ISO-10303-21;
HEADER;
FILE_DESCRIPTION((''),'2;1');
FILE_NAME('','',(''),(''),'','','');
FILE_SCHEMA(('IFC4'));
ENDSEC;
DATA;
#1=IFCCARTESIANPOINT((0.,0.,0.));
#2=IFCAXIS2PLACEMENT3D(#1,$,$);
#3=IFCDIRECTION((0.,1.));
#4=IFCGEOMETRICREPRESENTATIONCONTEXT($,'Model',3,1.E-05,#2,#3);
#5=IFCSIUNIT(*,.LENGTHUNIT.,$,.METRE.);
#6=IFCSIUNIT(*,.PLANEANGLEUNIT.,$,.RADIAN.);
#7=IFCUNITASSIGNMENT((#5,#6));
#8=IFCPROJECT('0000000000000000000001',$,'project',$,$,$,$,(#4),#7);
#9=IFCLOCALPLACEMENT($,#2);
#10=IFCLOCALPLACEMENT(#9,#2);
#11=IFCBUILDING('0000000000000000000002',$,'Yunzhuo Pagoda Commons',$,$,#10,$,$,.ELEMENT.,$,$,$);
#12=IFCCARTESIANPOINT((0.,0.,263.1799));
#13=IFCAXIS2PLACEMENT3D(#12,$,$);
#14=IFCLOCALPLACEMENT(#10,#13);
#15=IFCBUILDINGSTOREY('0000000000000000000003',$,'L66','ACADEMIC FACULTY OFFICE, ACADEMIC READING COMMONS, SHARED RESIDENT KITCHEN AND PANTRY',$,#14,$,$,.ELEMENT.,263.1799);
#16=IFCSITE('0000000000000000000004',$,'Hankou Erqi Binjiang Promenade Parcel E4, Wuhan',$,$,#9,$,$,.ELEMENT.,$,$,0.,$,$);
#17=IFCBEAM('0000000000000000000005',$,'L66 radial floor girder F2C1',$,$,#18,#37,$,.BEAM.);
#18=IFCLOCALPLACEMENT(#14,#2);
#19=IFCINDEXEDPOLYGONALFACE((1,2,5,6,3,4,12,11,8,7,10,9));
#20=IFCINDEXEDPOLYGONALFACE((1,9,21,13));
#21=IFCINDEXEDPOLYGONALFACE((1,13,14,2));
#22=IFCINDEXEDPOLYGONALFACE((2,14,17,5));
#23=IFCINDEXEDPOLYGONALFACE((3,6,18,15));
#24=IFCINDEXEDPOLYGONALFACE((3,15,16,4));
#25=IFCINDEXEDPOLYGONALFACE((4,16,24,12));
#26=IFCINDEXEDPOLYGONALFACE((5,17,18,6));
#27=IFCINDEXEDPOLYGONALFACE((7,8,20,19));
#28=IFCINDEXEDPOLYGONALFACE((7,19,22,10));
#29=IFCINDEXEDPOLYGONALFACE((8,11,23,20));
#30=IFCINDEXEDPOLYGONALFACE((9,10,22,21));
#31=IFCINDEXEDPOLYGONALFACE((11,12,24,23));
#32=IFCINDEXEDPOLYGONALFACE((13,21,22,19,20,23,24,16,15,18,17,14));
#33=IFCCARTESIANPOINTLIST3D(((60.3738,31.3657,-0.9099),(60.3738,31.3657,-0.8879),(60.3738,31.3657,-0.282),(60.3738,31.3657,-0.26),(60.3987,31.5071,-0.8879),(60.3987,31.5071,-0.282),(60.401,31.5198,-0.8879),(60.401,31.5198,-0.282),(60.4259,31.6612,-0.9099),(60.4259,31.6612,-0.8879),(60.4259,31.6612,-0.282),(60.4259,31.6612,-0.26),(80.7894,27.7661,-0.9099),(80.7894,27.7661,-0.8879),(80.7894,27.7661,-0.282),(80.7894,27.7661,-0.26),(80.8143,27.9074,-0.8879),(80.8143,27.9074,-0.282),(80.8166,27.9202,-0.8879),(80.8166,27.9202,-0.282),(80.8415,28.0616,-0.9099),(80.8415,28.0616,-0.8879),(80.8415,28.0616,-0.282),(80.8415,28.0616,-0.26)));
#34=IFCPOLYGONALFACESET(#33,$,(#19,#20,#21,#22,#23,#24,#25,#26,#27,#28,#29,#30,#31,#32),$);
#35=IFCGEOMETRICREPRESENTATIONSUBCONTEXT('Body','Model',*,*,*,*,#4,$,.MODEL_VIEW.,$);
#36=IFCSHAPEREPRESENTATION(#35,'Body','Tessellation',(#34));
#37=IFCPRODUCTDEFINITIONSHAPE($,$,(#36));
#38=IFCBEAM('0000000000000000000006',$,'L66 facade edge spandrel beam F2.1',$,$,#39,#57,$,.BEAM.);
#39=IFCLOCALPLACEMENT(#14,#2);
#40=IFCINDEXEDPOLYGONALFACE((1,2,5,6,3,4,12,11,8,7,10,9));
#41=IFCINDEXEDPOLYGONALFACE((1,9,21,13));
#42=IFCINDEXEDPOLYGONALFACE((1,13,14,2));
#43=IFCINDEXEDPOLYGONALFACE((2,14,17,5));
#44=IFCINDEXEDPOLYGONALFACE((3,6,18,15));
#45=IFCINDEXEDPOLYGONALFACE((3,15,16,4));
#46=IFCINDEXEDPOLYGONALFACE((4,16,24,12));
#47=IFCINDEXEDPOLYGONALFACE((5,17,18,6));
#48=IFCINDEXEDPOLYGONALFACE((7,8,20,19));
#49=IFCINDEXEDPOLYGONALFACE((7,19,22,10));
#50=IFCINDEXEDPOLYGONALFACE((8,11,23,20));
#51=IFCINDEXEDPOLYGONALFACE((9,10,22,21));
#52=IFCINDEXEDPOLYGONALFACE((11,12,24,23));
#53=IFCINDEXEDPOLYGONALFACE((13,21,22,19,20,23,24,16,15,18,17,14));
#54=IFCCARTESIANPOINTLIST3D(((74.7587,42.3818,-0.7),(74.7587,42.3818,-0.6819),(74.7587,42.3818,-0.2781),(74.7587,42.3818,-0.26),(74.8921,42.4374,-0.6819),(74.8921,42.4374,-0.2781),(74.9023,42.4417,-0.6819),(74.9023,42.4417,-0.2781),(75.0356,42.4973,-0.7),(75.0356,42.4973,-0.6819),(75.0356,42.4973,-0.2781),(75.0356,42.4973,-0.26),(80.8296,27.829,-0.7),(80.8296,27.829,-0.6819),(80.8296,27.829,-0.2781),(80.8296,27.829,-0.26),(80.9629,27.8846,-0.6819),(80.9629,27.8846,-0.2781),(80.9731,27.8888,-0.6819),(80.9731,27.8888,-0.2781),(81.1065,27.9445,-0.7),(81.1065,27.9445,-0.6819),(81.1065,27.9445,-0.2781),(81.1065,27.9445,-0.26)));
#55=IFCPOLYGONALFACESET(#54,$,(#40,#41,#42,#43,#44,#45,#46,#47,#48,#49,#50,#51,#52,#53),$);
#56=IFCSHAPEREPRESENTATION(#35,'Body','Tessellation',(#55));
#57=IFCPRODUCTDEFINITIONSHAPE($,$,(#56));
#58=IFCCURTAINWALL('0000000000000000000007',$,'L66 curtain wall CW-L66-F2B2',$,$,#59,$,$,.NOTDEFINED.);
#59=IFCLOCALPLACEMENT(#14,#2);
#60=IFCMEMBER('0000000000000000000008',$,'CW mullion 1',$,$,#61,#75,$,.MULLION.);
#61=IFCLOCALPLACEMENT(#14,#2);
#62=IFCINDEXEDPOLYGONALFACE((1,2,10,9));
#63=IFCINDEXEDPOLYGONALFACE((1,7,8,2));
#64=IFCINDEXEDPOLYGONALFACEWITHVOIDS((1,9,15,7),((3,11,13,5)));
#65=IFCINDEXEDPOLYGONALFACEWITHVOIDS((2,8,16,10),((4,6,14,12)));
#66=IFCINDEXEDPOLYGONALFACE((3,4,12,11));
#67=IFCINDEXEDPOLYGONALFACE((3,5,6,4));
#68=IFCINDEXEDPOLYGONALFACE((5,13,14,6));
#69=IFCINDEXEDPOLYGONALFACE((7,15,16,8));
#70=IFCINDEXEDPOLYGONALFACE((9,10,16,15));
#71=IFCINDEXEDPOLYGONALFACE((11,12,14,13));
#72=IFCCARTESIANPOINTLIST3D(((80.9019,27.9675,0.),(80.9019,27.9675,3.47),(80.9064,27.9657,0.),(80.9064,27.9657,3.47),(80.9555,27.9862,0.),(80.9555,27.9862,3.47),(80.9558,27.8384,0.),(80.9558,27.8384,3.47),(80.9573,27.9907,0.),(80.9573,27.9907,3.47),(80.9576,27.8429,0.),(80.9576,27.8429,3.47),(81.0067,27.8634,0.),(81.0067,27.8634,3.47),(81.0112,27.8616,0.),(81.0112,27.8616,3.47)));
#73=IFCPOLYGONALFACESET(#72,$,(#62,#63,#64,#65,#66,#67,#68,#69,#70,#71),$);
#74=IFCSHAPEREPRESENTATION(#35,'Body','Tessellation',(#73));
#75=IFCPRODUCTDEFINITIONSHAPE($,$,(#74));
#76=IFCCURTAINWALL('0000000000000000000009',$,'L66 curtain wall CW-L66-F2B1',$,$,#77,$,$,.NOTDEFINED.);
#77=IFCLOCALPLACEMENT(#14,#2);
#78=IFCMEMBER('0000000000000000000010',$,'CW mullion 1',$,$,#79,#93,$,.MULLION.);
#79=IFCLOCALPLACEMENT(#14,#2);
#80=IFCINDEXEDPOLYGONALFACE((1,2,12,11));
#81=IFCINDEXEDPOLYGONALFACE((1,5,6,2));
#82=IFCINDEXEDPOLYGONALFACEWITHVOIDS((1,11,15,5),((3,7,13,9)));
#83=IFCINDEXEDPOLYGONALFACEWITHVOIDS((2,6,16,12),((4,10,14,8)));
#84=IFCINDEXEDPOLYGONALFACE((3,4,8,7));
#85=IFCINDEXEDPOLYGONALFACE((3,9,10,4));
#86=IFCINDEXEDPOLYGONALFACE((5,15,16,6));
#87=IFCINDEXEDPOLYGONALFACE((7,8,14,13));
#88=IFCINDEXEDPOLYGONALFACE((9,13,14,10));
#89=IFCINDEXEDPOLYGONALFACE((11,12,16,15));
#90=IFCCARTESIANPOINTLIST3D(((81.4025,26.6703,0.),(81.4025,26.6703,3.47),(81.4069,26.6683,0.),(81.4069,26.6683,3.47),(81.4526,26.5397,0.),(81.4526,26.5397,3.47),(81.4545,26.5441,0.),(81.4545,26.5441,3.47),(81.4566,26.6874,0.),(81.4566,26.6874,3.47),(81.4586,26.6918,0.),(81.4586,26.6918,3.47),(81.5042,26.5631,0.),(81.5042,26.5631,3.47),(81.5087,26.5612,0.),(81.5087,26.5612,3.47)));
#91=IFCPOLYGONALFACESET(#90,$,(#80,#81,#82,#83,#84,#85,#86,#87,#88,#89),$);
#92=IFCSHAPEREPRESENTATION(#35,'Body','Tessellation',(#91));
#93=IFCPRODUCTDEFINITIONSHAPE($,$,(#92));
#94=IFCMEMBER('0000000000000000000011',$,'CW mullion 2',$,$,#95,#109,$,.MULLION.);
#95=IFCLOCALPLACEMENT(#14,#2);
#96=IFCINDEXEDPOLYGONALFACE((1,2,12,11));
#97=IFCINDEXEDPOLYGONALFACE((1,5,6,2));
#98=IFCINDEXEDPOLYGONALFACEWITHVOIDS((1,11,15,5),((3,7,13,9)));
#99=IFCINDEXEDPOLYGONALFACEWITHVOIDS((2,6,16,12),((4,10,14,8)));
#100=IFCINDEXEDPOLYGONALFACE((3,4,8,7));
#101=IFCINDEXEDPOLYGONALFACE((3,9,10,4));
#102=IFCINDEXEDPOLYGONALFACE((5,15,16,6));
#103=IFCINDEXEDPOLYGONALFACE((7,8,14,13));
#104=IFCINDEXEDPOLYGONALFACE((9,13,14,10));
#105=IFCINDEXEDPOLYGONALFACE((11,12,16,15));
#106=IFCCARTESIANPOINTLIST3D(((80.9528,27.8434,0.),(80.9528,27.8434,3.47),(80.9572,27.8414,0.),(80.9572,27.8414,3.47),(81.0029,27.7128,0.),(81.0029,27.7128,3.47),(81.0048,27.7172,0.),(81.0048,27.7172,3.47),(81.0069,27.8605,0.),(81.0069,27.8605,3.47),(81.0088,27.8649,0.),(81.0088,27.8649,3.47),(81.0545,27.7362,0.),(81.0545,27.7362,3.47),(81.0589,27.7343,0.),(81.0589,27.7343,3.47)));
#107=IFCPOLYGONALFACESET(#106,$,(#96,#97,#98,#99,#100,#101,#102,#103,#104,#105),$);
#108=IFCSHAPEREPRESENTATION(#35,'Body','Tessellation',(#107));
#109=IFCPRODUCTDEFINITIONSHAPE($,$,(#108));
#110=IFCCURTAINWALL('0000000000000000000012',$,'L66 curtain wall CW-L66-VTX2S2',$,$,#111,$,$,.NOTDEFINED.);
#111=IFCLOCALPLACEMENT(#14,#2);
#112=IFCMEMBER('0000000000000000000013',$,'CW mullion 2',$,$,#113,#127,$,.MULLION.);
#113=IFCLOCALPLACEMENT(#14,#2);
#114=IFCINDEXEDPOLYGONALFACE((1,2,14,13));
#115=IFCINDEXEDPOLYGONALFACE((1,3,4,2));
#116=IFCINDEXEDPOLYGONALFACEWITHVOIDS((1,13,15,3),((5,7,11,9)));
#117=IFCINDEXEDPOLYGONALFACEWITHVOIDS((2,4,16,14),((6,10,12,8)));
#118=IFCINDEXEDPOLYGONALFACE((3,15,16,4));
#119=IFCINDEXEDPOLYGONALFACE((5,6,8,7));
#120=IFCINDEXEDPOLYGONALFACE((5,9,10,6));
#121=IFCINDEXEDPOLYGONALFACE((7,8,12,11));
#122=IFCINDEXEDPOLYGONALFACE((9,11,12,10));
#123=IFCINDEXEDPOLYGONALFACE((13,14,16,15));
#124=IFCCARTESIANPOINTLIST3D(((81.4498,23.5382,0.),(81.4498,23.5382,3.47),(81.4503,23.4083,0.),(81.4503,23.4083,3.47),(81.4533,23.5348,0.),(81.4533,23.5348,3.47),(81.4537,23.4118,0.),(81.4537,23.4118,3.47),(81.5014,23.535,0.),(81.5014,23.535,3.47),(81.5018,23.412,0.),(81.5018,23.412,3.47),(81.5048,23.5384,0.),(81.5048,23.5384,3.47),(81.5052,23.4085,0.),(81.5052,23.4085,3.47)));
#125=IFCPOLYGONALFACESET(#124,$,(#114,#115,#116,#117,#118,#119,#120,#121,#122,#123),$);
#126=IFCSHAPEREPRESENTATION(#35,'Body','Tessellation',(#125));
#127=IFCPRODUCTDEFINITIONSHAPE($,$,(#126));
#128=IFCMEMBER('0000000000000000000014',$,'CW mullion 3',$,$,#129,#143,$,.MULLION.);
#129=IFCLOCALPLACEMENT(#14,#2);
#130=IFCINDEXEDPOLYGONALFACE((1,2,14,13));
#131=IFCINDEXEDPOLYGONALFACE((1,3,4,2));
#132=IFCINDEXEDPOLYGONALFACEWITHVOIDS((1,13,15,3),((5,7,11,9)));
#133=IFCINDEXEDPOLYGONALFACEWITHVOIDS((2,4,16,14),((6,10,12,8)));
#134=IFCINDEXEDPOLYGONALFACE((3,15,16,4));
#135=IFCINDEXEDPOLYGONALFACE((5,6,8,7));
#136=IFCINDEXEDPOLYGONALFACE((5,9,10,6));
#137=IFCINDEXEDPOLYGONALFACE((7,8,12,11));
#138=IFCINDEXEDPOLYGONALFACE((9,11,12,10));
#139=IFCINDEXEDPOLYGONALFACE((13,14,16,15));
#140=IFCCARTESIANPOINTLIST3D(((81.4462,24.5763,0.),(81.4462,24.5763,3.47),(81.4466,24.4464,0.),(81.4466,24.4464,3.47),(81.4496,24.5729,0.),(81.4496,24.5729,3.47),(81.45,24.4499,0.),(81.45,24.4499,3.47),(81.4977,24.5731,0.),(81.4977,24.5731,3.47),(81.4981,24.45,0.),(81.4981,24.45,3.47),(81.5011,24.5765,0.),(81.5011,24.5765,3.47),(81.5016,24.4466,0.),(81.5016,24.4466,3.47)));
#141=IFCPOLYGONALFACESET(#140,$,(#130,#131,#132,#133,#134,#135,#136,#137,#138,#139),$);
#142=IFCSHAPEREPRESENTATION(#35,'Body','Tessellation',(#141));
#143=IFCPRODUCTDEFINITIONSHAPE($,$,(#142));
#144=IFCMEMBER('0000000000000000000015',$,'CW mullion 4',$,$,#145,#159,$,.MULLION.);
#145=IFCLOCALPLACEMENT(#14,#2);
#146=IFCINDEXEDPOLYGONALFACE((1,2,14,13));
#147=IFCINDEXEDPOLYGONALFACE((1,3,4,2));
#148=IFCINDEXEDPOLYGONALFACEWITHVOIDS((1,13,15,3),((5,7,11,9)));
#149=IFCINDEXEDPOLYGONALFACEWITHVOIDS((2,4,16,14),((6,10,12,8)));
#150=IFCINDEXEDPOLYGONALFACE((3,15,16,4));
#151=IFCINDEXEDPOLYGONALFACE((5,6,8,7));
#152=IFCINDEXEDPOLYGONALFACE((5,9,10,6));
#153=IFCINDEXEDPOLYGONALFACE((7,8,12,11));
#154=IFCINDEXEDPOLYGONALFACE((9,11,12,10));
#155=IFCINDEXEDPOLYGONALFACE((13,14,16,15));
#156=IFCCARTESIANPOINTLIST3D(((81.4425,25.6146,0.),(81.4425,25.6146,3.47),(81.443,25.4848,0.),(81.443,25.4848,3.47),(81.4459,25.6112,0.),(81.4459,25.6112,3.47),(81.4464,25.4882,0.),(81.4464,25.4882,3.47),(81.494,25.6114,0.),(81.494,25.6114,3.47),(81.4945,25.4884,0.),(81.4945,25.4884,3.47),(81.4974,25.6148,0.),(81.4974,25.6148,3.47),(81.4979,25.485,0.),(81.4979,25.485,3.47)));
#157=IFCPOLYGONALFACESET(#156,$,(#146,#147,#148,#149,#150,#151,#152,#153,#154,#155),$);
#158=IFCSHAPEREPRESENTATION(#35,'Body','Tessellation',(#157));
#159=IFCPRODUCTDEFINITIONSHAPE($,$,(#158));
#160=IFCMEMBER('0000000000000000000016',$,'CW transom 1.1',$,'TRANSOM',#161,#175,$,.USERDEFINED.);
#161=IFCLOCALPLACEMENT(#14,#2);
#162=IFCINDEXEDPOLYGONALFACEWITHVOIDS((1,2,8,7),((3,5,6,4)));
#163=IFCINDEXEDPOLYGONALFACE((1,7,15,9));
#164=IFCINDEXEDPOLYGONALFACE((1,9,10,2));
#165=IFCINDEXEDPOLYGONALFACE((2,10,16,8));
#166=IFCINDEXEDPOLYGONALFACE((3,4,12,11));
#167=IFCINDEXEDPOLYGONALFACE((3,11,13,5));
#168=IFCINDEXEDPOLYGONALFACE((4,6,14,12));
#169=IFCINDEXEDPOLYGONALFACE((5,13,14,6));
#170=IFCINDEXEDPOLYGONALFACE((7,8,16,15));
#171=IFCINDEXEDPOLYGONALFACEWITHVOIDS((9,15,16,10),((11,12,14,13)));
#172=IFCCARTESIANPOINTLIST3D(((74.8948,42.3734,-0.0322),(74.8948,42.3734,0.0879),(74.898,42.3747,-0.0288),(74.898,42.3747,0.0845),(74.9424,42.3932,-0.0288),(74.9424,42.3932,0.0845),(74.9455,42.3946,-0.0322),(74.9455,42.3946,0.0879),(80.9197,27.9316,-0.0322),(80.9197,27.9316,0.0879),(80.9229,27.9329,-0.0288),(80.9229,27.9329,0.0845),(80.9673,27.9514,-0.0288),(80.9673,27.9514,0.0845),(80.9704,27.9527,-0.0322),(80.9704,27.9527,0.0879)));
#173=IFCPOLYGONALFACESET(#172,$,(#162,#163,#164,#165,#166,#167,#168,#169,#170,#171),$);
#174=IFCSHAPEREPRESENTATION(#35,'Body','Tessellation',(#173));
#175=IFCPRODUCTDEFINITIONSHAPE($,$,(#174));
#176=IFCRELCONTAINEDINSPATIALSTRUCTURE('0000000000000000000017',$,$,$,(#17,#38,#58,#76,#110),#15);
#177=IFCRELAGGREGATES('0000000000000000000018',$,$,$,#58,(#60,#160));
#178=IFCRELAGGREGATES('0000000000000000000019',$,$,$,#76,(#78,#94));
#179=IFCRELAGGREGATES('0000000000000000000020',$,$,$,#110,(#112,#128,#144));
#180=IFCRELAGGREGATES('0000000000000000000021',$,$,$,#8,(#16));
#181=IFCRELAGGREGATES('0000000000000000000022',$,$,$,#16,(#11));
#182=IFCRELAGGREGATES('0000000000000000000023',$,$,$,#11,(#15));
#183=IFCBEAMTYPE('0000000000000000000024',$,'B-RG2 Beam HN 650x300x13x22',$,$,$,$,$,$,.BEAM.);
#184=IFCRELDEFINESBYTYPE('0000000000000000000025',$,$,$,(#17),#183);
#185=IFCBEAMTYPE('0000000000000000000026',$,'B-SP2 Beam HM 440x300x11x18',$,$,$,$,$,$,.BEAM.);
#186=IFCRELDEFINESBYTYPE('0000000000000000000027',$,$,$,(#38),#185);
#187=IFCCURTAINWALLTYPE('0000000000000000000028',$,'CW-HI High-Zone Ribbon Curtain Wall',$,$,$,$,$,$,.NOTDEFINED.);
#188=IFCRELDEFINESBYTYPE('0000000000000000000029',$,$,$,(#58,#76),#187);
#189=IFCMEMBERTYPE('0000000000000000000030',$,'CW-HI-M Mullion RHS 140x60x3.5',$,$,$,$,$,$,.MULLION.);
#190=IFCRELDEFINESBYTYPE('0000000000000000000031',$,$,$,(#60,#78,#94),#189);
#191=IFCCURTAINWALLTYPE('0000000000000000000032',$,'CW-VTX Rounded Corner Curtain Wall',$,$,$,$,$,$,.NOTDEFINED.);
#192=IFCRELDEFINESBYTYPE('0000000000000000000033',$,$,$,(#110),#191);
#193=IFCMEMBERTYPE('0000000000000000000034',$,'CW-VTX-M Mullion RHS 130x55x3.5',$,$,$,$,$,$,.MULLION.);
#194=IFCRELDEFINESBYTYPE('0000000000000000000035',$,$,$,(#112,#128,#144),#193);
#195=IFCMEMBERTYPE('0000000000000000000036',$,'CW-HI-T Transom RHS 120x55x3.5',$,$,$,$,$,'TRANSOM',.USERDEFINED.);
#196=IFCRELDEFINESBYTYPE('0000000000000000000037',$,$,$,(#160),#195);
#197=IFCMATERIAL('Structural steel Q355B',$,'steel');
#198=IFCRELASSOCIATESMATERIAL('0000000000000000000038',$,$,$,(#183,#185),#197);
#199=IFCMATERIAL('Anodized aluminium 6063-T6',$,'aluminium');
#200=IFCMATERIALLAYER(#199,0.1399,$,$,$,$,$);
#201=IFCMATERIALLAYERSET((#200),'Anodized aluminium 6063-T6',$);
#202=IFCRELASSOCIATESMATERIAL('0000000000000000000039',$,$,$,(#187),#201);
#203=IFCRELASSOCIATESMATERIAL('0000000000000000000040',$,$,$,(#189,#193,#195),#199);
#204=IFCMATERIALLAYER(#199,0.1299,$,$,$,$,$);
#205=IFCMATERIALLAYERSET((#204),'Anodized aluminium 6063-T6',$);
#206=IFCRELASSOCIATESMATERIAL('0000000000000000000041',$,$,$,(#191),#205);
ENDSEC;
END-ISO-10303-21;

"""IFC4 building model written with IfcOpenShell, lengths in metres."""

from ifc_helpers import new_model, si_unit, direction, frame, origin, origin_2d, place, context, subcontext, project, spatial, hollow_rectangle, i_section, extrude, source, transform, mapped, material, layer, layer_set, material_profile, profile_set, type_object, element, aggregate, save


model = new_model("IFC4")

# Units and contexts
model_context = context("Model", 3, precision=1e-05, world=origin(), true_north=direction((0.0, 1.0)))
body_context = subcontext(model_context, "Body", "Model", "MODEL_VIEW")
ifc_project = project(units=[si_unit("LENGTHUNIT", "METRE"), si_unit("PLANEANGLEUNIT", "RADIAN")], contexts=[model_context])

# Site, building, storey
site_placement = place(None, origin())
site = spatial("IfcSite", under=ifc_project, at=site_placement, Name="Hankou Erqi Binjiang Promenade Parcel E4, Wuhan", CompositionType="ELEMENT", RefElevation=0.0)
building_placement = place(site_placement, origin())
building = spatial("IfcBuilding", under=site, at=building_placement, Name="Yunzhuo Pagoda Commons", CompositionType="ELEMENT")
storey_placement = place(building_placement, frame((0.0, 0.0, 263.1799)))
storey = spatial("IfcBuildingStorey", under=building, at=storey_placement, Name="L66", Description="ACADEMIC FACULTY OFFICE, ACADEMIC READING COMMONS, SHARED RESIDENT KITCHEN AND PANTRY", CompositionType="ELEMENT", Elevation=263.1799)

# Beams
ifc_material_1 = material(Name="Structural steel Q355B", Category="steel")
ifc_material_profile_1 = material_profile(ifc_material_1, i_section(OverallWidth=0.3, OverallDepth=0.6499, WebThickness=0.0129, FlangeThickness=0.022, at=origin_2d()), Name="Structural steel Q355B")
ifc_profile_set_1 = profile_set([ifc_material_profile_1], Name="Structural steel Q355B")
beam_type_1 = type_object("IfcBeamType", Name="B-RG2 Beam HN 650x300x13x22", PredefinedType="BEAM", material=ifc_profile_set_1)
shared_shape_1 = source(origin(), body_context, "Body", "SweptSolid", [
    extrude(i_section(OverallWidth=0.3, OverallDepth=0.6499, WebThickness=0.0129, FlangeThickness=0.022, at=origin_2d()), origin(), (0.0, 0.0, 1.0), 20.7305),
])
beam_1_placement = place(storey_placement, frame((80.8154, 27.9138, -0.585), z_axis=(-0.984809, 0.173639, 0.0), x_axis=(-0.173639, -0.984809, 0.0)))
element("IfcBeam", 1, at=beam_1_placement, inside=storey, type_object=beam_type_1, Name="L66 radial floor girder F2C1", PredefinedType="BEAM", context=body_context, shape_type="MappedRepresentation", body=[
    mapped(shared_shape_1, transform((0.0, 0.0, 0.0), scale=1.0)),
])
ifc_material_profile_2 = material_profile(ifc_material_1, i_section(OverallWidth=0.3, OverallDepth=0.4399, WebThickness=0.011, FlangeThickness=0.0181, at=origin_2d()), Name="Structural steel Q355B")
ifc_profile_set_2 = profile_set([ifc_material_profile_2], Name="Structural steel Q355B")
beam_type_2 = type_object("IfcBeamType", Name="B-SP2 Beam HM 440x300x11x18", PredefinedType="BEAM", material=ifc_profile_set_2)
shared_shape_2 = source(origin(), body_context, "Body", "SweptSolid", [
    extrude(i_section(OverallWidth=0.3, OverallDepth=0.4399, WebThickness=0.011, FlangeThickness=0.0181, at=origin_2d()), origin(), (0.0, 0.0, 1.0), 15.7683),
])
beam_2_placement = place(storey_placement, frame((80.968, 27.8867, -0.48), z_axis=(-0.385002, 0.922916, 0.0), x_axis=(-0.922916, -0.385002, 0.0)))
element("IfcBeam", 2, at=beam_2_placement, inside=storey, type_object=beam_type_2, Name="L66 facade edge spandrel beam F2.1", PredefinedType="BEAM", context=body_context, shape_type="MappedRepresentation", body=[
    mapped(shared_shape_2, transform((0.0, 0.0, 0.0), scale=1.0)),
])

# Curtain wall, member
ifc_material_2 = material(Name="Anodized aluminium 6063-T6", Category="aluminium")
ifc_layer_1 = layer(ifc_material_2, 0.1399)
ifc_layer_set_1 = layer_set([ifc_layer_1], Name="Anodized aluminium 6063-T6")
curtain_wall_type_1 = type_object("IfcCurtainWallType", Name="CW-HI High-Zone Ribbon Curtain Wall", PredefinedType="NOTDEFINED", material=ifc_layer_set_1)
curtain_wall_1_placement = place(storey_placement, origin())
curtain_wall_1 = element("IfcCurtainWall", 3, at=curtain_wall_1_placement, inside=storey, type_object=curtain_wall_type_1, Name="L66 curtain wall CW-L66-F2B2", PredefinedType="NOTDEFINED")
ifc_material_profile_3 = material_profile(ifc_material_2, hollow_rectangle(XDim=0.0601, YDim=0.1399, WallThickness=0.0034, at=origin_2d()), Name="Anodized aluminium 6063-T6")
ifc_profile_set_3 = profile_set([ifc_material_profile_3], Name="Anodized aluminium 6063-T6")
member_type_1 = type_object("IfcMemberType", Name="CW-HI-M Mullion RHS 140x60x3.5", PredefinedType="MULLION", material=ifc_profile_set_3)
shared_shape_3 = source(origin(), body_context, "Body", "SweptSolid", [
    extrude(hollow_rectangle(XDim=0.0601, YDim=0.1399, WallThickness=0.0034, at=origin_2d()), origin(), (0.0, 0.0, 1.0), 3.47),
])
member_1_placement = place(storey_placement, frame((80.9565, 27.9146, 0.0), z_axis=(0.0, 0.0, 1.0), x_axis=(-0.92291, -0.385016, 0.0)))
member_1 = element("IfcMember", 4, at=member_1_placement, type_object=member_type_1, Name="CW mullion 1", PredefinedType="MULLION", context=body_context, shape_type="MappedRepresentation", body=[
    mapped(shared_shape_3, transform((0.0, 0.0, 0.0), scale=1.0)),
])

# Curtain walls, members
curtain_wall_2_placement = place(storey_placement, origin())
curtain_wall_2 = element("IfcCurtainWall", 5, at=curtain_wall_2_placement, inside=storey, type_object=curtain_wall_type_1, Name="L66 curtain wall CW-L66-F2B1", PredefinedType="NOTDEFINED")
member_2_placement = place(storey_placement, frame((81.4556, 26.6157, 0.0), z_axis=(0.0, 0.0, 1.0), x_axis=(-0.933674, -0.358124, 0.0)))
member_2 = element("IfcMember", 6, at=member_2_placement, type_object=member_type_1, Name="CW mullion 1", PredefinedType="MULLION", context=body_context, shape_type="MappedRepresentation", body=[
    mapped(shared_shape_3, transform((0.0, 0.0, 0.0), scale=1.0)),
])
member_3_placement = place(storey_placement, frame((81.0059, 27.7888, 0.0), z_axis=(0.0, 0.0, 1.0), x_axis=(-0.933674, -0.358124, 0.0)))
member_3 = element("IfcMember", 7, at=member_3_placement, type_object=member_type_1, Name="CW mullion 2", PredefinedType="MULLION", context=body_context, shape_type="MappedRepresentation", body=[
    mapped(shared_shape_3, transform((0.0, 0.0, 0.0), scale=1.0)),
])
ifc_layer_2 = layer(ifc_material_2, 0.1299)
ifc_layer_set_2 = layer_set([ifc_layer_2], Name="Anodized aluminium 6063-T6")
curtain_wall_type_2 = type_object("IfcCurtainWallType", Name="CW-VTX Rounded Corner Curtain Wall", PredefinedType="NOTDEFINED", material=ifc_layer_set_2)
curtain_wall_3_placement = place(storey_placement, origin())
curtain_wall_3 = element("IfcCurtainWall", 8, at=curtain_wall_3_placement, inside=storey, type_object=curtain_wall_type_2, Name="L66 curtain wall CW-L66-VTX2S2", PredefinedType="NOTDEFINED")
ifc_material_profile_4 = material_profile(ifc_material_2, hollow_rectangle(XDim=0.0549, YDim=0.1299, WallThickness=0.0034, at=origin_2d()), Name="Anodized aluminium 6063-T6")
ifc_profile_set_4 = profile_set([ifc_material_profile_4], Name="Anodized aluminium 6063-T6")
member_type_2 = type_object("IfcMemberType", Name="CW-VTX-M Mullion RHS 130x55x3.5", PredefinedType="MULLION", material=ifc_profile_set_4)
shared_shape_4 = source(origin(), body_context, "Body", "SweptSolid", [
    extrude(hollow_rectangle(XDim=0.0549, YDim=0.1299, WallThickness=0.0034, at=origin_2d()), origin(), (0.0, 0.0, 1.0), 3.47),
])
member_4_placement = place(storey_placement, frame((81.4775, 23.4734, 0.0), z_axis=(0.0, 0.0, 1.0), x_axis=(-0.999994, -0.003588, 0.0)))
member_4 = element("IfcMember", 9, at=member_4_placement, type_object=member_type_2, Name="CW mullion 2", PredefinedType="MULLION", context=body_context, shape_type="MappedRepresentation", body=[
    mapped(shared_shape_4, transform((0.0, 0.0, 0.0), scale=1.0)),
])
member_5_placement = place(storey_placement, frame((81.4739, 24.5115, 0.0), z_axis=(0.0, 0.0, 1.0), x_axis=(-0.999994, -0.003588, 0.0)))
member_5 = element("IfcMember", 10, at=member_5_placement, type_object=member_type_2, Name="CW mullion 3", PredefinedType="MULLION", context=body_context, shape_type="MappedRepresentation", body=[
    mapped(shared_shape_4, transform((0.0, 0.0, 0.0), scale=1.0)),
])
member_6_placement = place(storey_placement, frame((81.4702, 25.5498, 0.0), z_axis=(0.0, 0.0, 1.0), x_axis=(-0.999994, -0.003588, 0.0)))
member_6 = element("IfcMember", 11, at=member_6_placement, type_object=member_type_2, Name="CW mullion 4", PredefinedType="MULLION", context=body_context, shape_type="MappedRepresentation", body=[
    mapped(shared_shape_4, transform((0.0, 0.0, 0.0), scale=1.0)),
])

# Member
ifc_material_profile_5 = material_profile(ifc_material_2, hollow_rectangle(XDim=0.0549, YDim=0.1201, WallThickness=0.0034, at=origin_2d()), Name="Anodized aluminium 6063-T6")
ifc_profile_set_5 = profile_set([ifc_material_profile_5], Name="Anodized aluminium 6063-T6")
member_type_3 = type_object("IfcMemberType", Name="CW-HI-T Transom RHS 120x55x3.5", ElementType="TRANSOM", PredefinedType="USERDEFINED", material=ifc_profile_set_5)
shared_shape_5 = source(origin(), body_context, "Body", "SweptSolid", [
    extrude(hollow_rectangle(XDim=0.0549, YDim=0.1201, WallThickness=0.0034, at=origin_2d()), origin(), (0.0, 0.0, 1.0), 15.6482),
])
member_7_placement = place(storey_placement, frame((80.9451, 27.9421, 0.0278), z_axis=(-0.385021, 0.922908, 0.0), x_axis=(-0.922908, -0.385021, 0.0)))
member_7 = element("IfcMember", 12, at=member_7_placement, type_object=member_type_3, Name="CW transom 1.1", ObjectType="TRANSOM", PredefinedType="USERDEFINED", context=body_context, shape_type="MappedRepresentation", body=[
    mapped(shared_shape_5, transform((0.0, 0.0, 0.0), scale=1.0)),
])
aggregate(curtain_wall_1, [member_1, member_7])

aggregate(curtain_wall_2, [member_2, member_3])

aggregate(curtain_wall_3, [member_4, member_5, member_6])

save(model, "model.ifc")
